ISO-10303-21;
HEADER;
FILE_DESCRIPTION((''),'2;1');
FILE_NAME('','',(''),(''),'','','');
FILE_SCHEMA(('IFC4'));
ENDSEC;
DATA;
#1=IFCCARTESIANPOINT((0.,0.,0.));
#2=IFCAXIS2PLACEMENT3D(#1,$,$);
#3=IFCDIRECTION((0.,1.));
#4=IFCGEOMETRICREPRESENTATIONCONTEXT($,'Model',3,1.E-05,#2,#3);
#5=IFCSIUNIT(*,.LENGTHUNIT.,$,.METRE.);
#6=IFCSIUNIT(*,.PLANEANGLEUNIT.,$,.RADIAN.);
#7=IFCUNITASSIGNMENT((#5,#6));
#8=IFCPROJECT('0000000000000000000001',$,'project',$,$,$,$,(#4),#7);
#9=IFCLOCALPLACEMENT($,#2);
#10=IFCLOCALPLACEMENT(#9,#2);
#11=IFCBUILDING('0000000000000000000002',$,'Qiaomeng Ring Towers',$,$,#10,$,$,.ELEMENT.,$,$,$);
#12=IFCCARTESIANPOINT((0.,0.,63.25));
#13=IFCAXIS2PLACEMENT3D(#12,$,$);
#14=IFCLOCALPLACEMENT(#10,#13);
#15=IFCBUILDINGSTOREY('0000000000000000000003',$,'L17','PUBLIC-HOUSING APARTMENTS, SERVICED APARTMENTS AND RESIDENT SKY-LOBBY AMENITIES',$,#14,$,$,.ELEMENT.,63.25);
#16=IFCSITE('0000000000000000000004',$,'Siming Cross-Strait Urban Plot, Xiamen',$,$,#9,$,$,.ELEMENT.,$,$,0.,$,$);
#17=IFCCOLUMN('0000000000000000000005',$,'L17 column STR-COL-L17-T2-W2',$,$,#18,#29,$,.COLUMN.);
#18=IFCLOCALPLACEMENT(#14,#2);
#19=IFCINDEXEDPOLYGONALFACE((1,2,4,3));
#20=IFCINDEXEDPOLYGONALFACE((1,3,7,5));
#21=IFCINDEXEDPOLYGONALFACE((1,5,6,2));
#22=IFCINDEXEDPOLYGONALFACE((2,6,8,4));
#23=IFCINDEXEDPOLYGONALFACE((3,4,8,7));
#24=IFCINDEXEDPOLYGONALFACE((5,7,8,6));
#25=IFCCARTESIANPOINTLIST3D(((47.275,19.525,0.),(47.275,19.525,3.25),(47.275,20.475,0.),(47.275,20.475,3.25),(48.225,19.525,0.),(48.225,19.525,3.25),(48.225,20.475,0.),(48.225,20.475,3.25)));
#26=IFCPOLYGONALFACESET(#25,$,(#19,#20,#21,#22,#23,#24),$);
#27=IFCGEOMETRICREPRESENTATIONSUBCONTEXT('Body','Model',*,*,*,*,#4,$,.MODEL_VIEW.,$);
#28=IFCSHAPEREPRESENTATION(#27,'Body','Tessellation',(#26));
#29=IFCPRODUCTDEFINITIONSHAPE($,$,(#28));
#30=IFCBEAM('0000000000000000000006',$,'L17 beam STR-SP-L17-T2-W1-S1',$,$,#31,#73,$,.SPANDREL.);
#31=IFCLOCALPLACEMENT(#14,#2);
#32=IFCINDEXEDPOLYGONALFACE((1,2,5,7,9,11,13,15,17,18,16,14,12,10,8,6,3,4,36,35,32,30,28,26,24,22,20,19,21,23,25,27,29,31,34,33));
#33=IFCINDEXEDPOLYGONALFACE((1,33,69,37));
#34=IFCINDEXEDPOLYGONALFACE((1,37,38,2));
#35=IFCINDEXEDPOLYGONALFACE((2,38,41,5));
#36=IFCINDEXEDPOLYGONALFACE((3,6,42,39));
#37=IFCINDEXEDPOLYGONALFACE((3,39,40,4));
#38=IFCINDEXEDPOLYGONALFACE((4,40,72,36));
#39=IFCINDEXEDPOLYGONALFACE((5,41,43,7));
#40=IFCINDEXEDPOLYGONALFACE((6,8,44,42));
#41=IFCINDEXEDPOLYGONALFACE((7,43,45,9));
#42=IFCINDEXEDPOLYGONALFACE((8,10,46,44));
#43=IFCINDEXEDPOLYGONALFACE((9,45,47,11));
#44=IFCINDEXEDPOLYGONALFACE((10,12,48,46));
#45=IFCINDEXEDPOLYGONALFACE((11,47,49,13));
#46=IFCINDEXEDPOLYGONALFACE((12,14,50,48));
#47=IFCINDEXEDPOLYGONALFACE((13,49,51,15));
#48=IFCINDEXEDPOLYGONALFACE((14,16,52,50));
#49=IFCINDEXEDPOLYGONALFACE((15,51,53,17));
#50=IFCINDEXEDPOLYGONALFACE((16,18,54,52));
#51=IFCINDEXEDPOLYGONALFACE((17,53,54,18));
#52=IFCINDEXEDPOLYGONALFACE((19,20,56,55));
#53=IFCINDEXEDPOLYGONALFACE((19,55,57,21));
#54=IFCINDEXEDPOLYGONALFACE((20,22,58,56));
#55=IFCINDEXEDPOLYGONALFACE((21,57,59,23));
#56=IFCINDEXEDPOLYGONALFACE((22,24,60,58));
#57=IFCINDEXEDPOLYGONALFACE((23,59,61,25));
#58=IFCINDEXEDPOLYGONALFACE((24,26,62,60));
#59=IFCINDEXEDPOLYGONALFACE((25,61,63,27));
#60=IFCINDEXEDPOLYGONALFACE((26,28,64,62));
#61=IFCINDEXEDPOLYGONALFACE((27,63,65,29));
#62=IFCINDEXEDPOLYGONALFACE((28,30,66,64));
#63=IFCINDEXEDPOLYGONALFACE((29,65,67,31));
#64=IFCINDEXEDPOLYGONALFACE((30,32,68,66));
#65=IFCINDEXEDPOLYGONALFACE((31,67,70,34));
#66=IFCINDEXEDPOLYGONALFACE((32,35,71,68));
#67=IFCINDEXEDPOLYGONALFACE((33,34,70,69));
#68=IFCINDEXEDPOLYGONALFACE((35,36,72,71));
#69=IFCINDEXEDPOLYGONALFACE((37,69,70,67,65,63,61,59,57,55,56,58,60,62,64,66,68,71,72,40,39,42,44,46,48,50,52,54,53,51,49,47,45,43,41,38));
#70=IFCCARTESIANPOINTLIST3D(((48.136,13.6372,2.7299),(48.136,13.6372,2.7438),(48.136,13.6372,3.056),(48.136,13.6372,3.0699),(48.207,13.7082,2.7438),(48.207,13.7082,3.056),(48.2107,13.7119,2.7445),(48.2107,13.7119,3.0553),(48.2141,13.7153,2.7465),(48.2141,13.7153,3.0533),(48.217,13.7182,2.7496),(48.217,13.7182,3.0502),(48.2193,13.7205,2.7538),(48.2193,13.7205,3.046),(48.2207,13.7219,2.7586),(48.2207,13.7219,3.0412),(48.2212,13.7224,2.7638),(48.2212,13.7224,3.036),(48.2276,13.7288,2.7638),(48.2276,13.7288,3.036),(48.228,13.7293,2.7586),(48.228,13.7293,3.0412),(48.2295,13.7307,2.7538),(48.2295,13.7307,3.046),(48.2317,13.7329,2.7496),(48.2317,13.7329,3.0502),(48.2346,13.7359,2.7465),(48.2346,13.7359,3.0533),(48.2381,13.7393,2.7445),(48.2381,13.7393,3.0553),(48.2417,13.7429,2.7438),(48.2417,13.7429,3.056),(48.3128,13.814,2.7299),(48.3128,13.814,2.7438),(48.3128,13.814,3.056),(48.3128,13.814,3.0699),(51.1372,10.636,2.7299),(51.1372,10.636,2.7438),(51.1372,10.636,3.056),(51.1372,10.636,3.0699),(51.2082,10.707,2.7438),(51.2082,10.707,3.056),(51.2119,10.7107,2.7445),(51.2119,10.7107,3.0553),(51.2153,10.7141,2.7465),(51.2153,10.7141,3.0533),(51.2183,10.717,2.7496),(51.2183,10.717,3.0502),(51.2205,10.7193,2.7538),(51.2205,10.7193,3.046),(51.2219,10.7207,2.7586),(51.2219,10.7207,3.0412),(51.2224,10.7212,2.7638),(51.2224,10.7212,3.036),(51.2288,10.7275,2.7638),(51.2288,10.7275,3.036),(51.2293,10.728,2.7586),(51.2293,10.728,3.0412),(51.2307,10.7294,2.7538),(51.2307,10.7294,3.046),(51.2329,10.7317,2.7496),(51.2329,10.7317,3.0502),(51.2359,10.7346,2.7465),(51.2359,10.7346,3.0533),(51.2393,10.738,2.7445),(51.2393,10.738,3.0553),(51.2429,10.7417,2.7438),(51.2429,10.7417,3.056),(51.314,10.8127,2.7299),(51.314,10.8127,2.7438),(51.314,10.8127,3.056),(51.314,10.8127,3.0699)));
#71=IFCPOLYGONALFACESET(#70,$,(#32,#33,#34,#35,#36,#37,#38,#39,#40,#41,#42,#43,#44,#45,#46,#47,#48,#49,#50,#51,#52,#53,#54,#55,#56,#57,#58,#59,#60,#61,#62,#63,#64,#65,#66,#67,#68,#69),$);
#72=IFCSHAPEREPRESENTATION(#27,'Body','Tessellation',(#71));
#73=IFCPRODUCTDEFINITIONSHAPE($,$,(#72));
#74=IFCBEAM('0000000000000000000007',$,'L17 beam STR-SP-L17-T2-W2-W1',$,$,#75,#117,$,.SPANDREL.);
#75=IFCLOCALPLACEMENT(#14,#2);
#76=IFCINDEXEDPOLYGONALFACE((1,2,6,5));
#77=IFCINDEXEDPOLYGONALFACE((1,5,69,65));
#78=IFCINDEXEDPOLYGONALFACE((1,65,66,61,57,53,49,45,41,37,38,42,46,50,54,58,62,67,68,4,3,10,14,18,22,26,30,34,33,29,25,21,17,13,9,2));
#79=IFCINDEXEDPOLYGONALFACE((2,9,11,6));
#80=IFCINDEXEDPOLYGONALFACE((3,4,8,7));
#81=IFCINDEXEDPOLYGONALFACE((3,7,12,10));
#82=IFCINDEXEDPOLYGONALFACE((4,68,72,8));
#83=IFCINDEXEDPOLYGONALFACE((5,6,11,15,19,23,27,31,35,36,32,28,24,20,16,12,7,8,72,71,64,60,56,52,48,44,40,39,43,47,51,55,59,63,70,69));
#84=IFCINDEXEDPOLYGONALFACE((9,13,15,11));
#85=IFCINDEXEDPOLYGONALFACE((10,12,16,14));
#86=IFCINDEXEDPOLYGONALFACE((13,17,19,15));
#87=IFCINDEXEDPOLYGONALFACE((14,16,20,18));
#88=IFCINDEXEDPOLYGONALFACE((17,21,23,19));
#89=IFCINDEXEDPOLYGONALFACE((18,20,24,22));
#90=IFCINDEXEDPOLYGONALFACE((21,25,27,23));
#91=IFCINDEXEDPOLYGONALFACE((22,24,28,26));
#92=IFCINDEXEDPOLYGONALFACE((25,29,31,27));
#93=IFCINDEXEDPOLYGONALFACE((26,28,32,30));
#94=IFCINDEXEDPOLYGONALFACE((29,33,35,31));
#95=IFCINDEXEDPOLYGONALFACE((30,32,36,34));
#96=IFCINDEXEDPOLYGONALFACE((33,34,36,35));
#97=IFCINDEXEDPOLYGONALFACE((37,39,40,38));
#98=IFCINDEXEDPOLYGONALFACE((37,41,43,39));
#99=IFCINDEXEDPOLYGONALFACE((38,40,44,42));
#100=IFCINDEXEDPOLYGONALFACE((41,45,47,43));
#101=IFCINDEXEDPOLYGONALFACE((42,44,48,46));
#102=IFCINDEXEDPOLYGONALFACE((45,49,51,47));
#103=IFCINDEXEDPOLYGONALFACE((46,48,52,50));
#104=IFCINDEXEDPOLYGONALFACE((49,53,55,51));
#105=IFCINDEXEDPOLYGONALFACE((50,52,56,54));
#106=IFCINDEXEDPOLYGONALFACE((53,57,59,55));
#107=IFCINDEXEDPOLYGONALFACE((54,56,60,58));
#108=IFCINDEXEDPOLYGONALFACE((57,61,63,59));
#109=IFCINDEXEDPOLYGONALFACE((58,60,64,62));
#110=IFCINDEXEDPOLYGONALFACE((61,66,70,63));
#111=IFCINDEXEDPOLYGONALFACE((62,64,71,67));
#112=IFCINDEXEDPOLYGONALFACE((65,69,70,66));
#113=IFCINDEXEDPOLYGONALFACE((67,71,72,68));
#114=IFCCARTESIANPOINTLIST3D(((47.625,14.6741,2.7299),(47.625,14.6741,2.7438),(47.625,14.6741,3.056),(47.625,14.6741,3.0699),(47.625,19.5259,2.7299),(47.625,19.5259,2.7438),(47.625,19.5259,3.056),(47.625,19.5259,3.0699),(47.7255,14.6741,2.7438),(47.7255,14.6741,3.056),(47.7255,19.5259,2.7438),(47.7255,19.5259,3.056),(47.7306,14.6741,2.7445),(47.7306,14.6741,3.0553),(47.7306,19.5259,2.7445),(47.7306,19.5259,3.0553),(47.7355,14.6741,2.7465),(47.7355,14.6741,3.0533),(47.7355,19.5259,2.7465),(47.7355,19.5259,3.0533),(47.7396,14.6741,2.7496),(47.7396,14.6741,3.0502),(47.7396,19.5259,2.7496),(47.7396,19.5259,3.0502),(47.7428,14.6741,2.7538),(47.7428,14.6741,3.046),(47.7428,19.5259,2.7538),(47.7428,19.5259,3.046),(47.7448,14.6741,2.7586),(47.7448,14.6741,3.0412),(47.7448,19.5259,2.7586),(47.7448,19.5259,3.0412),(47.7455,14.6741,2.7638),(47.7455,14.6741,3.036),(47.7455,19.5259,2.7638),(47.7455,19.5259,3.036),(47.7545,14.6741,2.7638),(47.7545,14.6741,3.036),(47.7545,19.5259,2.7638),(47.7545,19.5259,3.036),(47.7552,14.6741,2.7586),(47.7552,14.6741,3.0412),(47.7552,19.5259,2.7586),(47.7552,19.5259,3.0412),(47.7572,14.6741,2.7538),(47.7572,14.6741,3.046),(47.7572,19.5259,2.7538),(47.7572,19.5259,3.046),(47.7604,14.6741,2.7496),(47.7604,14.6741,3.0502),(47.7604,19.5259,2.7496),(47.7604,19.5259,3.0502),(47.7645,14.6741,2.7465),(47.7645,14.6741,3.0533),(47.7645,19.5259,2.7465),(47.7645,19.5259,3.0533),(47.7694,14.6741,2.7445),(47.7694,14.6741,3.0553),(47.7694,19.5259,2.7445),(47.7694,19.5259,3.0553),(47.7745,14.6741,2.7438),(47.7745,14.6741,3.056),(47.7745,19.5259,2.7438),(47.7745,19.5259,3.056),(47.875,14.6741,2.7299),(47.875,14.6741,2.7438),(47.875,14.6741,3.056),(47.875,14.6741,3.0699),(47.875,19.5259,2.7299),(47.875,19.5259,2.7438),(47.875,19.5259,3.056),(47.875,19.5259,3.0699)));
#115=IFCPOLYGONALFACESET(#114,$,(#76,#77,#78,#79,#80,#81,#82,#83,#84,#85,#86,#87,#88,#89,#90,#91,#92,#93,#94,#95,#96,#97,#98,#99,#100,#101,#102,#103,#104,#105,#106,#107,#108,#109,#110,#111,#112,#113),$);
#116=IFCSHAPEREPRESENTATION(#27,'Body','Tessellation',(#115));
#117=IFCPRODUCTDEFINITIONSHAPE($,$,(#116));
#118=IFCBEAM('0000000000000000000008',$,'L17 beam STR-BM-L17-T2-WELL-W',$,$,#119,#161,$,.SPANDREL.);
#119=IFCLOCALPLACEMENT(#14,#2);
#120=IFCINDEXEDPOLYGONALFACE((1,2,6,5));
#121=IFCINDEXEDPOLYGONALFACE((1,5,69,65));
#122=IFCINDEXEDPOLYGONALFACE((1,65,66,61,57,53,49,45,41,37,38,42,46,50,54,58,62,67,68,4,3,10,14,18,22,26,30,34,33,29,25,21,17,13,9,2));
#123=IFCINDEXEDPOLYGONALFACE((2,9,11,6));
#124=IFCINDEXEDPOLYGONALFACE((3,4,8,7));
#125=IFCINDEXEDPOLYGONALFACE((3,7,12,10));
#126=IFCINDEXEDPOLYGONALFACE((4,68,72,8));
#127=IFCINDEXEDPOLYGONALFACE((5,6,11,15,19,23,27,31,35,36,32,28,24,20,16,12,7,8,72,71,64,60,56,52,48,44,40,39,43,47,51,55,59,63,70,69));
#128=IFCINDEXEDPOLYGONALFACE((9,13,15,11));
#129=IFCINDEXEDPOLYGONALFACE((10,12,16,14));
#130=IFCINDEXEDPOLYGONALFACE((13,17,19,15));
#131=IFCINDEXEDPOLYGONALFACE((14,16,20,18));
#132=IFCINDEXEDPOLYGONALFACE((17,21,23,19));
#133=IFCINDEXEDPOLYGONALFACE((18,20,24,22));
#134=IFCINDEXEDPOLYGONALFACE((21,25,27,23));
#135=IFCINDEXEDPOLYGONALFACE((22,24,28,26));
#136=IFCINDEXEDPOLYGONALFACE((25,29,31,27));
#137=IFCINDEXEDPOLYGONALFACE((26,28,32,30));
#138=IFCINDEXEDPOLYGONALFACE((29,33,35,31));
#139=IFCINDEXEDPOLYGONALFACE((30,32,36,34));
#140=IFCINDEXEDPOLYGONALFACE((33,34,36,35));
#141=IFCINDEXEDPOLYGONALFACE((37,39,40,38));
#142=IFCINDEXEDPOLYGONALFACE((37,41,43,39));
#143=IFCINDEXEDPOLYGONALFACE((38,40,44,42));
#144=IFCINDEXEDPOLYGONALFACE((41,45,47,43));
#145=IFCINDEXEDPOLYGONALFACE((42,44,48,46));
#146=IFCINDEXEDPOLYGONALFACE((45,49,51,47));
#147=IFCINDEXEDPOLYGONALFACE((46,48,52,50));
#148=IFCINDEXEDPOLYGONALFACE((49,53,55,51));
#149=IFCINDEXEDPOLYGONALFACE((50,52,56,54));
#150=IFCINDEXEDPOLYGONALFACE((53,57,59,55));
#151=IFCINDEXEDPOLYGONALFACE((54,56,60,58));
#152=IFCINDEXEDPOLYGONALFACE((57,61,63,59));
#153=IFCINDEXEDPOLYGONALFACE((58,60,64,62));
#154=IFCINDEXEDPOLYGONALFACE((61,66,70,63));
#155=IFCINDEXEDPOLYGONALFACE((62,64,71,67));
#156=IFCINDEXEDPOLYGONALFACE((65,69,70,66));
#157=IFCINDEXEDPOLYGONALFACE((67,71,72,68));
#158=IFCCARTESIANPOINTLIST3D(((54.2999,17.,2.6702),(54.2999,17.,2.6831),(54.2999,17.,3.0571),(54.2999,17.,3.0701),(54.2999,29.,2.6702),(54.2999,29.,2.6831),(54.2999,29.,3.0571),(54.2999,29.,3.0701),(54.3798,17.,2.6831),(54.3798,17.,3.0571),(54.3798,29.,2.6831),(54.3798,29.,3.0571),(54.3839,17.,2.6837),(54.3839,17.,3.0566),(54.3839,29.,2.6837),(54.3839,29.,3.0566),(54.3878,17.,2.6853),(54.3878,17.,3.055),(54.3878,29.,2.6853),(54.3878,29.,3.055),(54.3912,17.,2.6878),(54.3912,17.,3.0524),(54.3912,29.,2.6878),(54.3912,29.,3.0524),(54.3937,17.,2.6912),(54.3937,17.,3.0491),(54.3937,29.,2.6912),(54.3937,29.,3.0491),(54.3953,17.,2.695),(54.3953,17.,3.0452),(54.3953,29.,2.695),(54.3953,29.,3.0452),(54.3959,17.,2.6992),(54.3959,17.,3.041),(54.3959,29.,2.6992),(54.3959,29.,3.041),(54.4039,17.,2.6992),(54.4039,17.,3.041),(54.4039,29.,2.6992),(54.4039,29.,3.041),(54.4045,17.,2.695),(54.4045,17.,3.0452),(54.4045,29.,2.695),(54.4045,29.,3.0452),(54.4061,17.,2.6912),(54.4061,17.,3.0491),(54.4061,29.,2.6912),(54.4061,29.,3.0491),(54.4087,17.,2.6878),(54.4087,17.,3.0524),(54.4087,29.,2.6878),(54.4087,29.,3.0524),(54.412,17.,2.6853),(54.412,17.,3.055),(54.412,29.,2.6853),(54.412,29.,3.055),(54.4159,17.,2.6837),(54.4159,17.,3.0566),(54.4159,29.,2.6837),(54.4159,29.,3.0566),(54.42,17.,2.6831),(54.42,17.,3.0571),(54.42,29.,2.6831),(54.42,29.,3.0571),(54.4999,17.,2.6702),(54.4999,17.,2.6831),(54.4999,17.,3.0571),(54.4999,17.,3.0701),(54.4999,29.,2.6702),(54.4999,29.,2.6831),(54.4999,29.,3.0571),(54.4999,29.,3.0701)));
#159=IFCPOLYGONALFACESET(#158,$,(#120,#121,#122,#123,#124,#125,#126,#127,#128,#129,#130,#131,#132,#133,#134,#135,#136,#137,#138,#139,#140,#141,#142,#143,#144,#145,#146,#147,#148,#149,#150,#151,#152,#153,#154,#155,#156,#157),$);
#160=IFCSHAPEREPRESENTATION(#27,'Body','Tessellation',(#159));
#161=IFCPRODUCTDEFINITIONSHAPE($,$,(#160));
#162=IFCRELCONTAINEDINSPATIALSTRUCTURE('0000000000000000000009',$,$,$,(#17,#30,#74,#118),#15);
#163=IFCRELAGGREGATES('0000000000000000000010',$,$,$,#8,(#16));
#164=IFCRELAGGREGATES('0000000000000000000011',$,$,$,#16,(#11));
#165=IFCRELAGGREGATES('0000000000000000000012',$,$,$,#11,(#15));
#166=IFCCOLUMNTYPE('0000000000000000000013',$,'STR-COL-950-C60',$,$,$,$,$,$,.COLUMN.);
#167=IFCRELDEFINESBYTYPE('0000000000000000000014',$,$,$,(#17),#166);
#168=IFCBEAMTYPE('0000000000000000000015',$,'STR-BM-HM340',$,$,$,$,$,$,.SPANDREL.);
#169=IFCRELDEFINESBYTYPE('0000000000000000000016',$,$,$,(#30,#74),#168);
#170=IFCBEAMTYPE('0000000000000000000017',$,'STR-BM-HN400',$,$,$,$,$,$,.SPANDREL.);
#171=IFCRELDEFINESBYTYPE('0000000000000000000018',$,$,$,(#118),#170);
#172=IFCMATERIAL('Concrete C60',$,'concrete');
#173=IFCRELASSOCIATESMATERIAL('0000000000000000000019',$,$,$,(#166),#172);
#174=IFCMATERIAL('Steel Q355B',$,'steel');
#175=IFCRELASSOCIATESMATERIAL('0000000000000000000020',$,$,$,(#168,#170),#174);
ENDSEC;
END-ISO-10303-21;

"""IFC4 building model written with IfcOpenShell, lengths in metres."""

from ifc_helpers import new_model, si_unit, direction, frame, origin, origin_2d, place, context, subcontext, project, spatial, rectangle, i_section, extrude, source, transform, mapped, material, material_profile, profile_set, type_object, element, save


model = new_model("IFC4")

# Units and contexts
model_context = context("Model", 3, precision=1e-05, world=origin(), true_north=direction((0.0, 1.0)))
body_context = subcontext(model_context, "Body", "Model", "MODEL_VIEW")
ifc_project = project(units=[si_unit("LENGTHUNIT", "METRE"), si_unit("PLANEANGLEUNIT", "RADIAN")], contexts=[model_context])

# Site, building, storey
site_placement = place(None, origin())
site = spatial("IfcSite", under=ifc_project, at=site_placement, Name="Siming Cross-Strait Urban Plot, Xiamen", CompositionType="ELEMENT", RefElevation=0.0)
building_placement = place(site_placement, origin())
building = spatial("IfcBuilding", under=site, at=building_placement, Name="Qiaomeng Ring Towers", CompositionType="ELEMENT")
storey_placement = place(building_placement, frame((0.0, 0.0, 63.25)))
storey = spatial("IfcBuildingStorey", under=building, at=storey_placement, Name="L17", Description="PUBLIC-HOUSING APARTMENTS, SERVICED APARTMENTS AND RESIDENT SKY-LOBBY AMENITIES", CompositionType="ELEMENT", Elevation=63.25)

# Column
ifc_material_1 = material(Name="Concrete C60", Category="concrete")
ifc_material_profile_1 = material_profile(ifc_material_1, rectangle(XDim=0.95, YDim=0.95, at=origin_2d()), Name="RC COL 950x950")
ifc_profile_set_1 = profile_set([ifc_material_profile_1], Name="Concrete C60")
column_type = type_object("IfcColumnType", Name="STR-COL-950-C60", PredefinedType="COLUMN", material=ifc_profile_set_1)
shared_shape_1 = source(origin(), body_context, "Body", "SweptSolid", [
    extrude(rectangle(XDim=0.95, YDim=0.95, at=origin_2d()), origin(), (0.0, 0.0, 1.0), 3.25),
])
column_placement = place(storey_placement, frame((47.75, 20.0, 0.0), z_axis=(0.0, 0.0, 1.0), x_axis=(1.0, 0.0, 0.0)))
element("IfcColumn", 1, at=column_placement, inside=storey, type_object=column_type, Name="L17 column STR-COL-L17-T2-W2", PredefinedType="COLUMN", context=body_context, shape_type="MappedRepresentation", body=[
    mapped(shared_shape_1, transform((0.0, 0.0, 0.0), x_axis=(1.0, 0.0, 0.0), y_axis=(0.0, 1.0, 0.0), z_axis=(0.0, 0.0, 1.0), scale=1.0)),
])

# Beams
ifc_material_2 = material(Name="Steel Q355B", Category="steel")
ifc_material_profile_2 = material_profile(ifc_material_2, i_section(OverallWidth=0.25, OverallDepth=0.3401, WebThickness=0.009, FlangeThickness=0.0139, FilletRadius=0.02, at=origin_2d()), Name="HM 340x250x9x14")
ifc_profile_set_2 = profile_set([ifc_material_profile_2], Name="Steel Q355B")
beam_type_1 = type_object("IfcBeamType", Name="STR-BM-HM340", PredefinedType="SPANDREL", material=ifc_profile_set_2)
shared_shape_2 = source(origin(), body_context, "Body", "SweptSolid", [
    extrude(i_section(OverallWidth=0.25, OverallDepth=0.3401, WebThickness=0.009, FlangeThickness=0.0139, FilletRadius=0.02, at=origin_2d()), origin(), (0.0, 0.0, 1.0), 4.2444),
])
beam_1_placement = place(storey_placement, frame((48.2244, 13.7256, 2.8999), z_axis=(0.707107, -0.707107, 0.0), x_axis=(0.707107, 0.707107, 0.0)))
element("IfcBeam", 2, at=beam_1_placement, inside=storey, type_object=beam_type_1, Name="L17 beam STR-SP-L17-T2-W1-S1", PredefinedType="SPANDREL", context=body_context, shape_type="MappedRepresentation", body=[
    mapped(shared_shape_2, transform((0.0, 0.0, 0.0), x_axis=(1.0, 0.0, 0.0), y_axis=(0.0, 1.0, 0.0), z_axis=(0.0, 0.0, 1.0), scale=1.0)),
])
shared_shape_3 = source(origin(), body_context, "Body", "SweptSolid", [
    extrude(i_section(OverallWidth=0.25, OverallDepth=0.3401, WebThickness=0.009, FlangeThickness=0.0139, FilletRadius=0.02, at=origin_2d()), origin(), (0.0, 0.0, 1.0), 4.8518),
])
beam_2_placement = place(storey_placement, frame((47.75, 19.5259, 2.8999), z_axis=(0.0, -1.0, 0.0), x_axis=(1.0, 0.0, 0.0)))
element("IfcBeam", 3, at=beam_2_placement, inside=storey, type_object=beam_type_1, Name="L17 beam STR-SP-L17-T2-W2-W1", PredefinedType="SPANDREL", context=body_context, shape_type="MappedRepresentation", body=[
    mapped(shared_shape_3, transform((0.0, 0.0, 0.0), x_axis=(1.0, 0.0, 0.0), y_axis=(0.0, 1.0, 0.0), z_axis=(0.0, 0.0, 1.0), scale=1.0)),
])
ifc_material_profile_3 = material_profile(ifc_material_2, i_section(OverallWidth=0.2, OverallDepth=0.3999, WebThickness=0.0081, FlangeThickness=0.0129, FilletRadius=0.0161, at=origin_2d()), Name="HN 400x200x8x13")
ifc_profile_set_3 = profile_set([ifc_material_profile_3], Name="Steel Q355B")
beam_type_2 = type_object("IfcBeamType", Name="STR-BM-HN400", PredefinedType="SPANDREL", material=ifc_profile_set_3)
shared_shape_4 = source(origin(), body_context, "Body", "SweptSolid", [
    extrude(i_section(OverallWidth=0.2, OverallDepth=0.3999, WebThickness=0.0081, FlangeThickness=0.0129, FilletRadius=0.0161, at=origin_2d()), origin(), (0.0, 0.0, 1.0), 12.0),
])
beam_3_placement = place(storey_placement, frame((54.3999, 17.0, 2.8701), z_axis=(0.0, 1.0, 0.0), x_axis=(-1.0, 0.0, 0.0)))
element("IfcBeam", 4, at=beam_3_placement, inside=storey, type_object=beam_type_2, Name="L17 beam STR-BM-L17-T2-WELL-W", PredefinedType="SPANDREL", context=body_context, shape_type="MappedRepresentation", body=[
    mapped(shared_shape_4, transform((0.0, 0.0, 0.0), x_axis=(1.0, 0.0, 0.0), y_axis=(0.0, 1.0, 0.0), z_axis=(0.0, 0.0, 1.0), scale=1.0)),
])

save(model, "model.ifc")
